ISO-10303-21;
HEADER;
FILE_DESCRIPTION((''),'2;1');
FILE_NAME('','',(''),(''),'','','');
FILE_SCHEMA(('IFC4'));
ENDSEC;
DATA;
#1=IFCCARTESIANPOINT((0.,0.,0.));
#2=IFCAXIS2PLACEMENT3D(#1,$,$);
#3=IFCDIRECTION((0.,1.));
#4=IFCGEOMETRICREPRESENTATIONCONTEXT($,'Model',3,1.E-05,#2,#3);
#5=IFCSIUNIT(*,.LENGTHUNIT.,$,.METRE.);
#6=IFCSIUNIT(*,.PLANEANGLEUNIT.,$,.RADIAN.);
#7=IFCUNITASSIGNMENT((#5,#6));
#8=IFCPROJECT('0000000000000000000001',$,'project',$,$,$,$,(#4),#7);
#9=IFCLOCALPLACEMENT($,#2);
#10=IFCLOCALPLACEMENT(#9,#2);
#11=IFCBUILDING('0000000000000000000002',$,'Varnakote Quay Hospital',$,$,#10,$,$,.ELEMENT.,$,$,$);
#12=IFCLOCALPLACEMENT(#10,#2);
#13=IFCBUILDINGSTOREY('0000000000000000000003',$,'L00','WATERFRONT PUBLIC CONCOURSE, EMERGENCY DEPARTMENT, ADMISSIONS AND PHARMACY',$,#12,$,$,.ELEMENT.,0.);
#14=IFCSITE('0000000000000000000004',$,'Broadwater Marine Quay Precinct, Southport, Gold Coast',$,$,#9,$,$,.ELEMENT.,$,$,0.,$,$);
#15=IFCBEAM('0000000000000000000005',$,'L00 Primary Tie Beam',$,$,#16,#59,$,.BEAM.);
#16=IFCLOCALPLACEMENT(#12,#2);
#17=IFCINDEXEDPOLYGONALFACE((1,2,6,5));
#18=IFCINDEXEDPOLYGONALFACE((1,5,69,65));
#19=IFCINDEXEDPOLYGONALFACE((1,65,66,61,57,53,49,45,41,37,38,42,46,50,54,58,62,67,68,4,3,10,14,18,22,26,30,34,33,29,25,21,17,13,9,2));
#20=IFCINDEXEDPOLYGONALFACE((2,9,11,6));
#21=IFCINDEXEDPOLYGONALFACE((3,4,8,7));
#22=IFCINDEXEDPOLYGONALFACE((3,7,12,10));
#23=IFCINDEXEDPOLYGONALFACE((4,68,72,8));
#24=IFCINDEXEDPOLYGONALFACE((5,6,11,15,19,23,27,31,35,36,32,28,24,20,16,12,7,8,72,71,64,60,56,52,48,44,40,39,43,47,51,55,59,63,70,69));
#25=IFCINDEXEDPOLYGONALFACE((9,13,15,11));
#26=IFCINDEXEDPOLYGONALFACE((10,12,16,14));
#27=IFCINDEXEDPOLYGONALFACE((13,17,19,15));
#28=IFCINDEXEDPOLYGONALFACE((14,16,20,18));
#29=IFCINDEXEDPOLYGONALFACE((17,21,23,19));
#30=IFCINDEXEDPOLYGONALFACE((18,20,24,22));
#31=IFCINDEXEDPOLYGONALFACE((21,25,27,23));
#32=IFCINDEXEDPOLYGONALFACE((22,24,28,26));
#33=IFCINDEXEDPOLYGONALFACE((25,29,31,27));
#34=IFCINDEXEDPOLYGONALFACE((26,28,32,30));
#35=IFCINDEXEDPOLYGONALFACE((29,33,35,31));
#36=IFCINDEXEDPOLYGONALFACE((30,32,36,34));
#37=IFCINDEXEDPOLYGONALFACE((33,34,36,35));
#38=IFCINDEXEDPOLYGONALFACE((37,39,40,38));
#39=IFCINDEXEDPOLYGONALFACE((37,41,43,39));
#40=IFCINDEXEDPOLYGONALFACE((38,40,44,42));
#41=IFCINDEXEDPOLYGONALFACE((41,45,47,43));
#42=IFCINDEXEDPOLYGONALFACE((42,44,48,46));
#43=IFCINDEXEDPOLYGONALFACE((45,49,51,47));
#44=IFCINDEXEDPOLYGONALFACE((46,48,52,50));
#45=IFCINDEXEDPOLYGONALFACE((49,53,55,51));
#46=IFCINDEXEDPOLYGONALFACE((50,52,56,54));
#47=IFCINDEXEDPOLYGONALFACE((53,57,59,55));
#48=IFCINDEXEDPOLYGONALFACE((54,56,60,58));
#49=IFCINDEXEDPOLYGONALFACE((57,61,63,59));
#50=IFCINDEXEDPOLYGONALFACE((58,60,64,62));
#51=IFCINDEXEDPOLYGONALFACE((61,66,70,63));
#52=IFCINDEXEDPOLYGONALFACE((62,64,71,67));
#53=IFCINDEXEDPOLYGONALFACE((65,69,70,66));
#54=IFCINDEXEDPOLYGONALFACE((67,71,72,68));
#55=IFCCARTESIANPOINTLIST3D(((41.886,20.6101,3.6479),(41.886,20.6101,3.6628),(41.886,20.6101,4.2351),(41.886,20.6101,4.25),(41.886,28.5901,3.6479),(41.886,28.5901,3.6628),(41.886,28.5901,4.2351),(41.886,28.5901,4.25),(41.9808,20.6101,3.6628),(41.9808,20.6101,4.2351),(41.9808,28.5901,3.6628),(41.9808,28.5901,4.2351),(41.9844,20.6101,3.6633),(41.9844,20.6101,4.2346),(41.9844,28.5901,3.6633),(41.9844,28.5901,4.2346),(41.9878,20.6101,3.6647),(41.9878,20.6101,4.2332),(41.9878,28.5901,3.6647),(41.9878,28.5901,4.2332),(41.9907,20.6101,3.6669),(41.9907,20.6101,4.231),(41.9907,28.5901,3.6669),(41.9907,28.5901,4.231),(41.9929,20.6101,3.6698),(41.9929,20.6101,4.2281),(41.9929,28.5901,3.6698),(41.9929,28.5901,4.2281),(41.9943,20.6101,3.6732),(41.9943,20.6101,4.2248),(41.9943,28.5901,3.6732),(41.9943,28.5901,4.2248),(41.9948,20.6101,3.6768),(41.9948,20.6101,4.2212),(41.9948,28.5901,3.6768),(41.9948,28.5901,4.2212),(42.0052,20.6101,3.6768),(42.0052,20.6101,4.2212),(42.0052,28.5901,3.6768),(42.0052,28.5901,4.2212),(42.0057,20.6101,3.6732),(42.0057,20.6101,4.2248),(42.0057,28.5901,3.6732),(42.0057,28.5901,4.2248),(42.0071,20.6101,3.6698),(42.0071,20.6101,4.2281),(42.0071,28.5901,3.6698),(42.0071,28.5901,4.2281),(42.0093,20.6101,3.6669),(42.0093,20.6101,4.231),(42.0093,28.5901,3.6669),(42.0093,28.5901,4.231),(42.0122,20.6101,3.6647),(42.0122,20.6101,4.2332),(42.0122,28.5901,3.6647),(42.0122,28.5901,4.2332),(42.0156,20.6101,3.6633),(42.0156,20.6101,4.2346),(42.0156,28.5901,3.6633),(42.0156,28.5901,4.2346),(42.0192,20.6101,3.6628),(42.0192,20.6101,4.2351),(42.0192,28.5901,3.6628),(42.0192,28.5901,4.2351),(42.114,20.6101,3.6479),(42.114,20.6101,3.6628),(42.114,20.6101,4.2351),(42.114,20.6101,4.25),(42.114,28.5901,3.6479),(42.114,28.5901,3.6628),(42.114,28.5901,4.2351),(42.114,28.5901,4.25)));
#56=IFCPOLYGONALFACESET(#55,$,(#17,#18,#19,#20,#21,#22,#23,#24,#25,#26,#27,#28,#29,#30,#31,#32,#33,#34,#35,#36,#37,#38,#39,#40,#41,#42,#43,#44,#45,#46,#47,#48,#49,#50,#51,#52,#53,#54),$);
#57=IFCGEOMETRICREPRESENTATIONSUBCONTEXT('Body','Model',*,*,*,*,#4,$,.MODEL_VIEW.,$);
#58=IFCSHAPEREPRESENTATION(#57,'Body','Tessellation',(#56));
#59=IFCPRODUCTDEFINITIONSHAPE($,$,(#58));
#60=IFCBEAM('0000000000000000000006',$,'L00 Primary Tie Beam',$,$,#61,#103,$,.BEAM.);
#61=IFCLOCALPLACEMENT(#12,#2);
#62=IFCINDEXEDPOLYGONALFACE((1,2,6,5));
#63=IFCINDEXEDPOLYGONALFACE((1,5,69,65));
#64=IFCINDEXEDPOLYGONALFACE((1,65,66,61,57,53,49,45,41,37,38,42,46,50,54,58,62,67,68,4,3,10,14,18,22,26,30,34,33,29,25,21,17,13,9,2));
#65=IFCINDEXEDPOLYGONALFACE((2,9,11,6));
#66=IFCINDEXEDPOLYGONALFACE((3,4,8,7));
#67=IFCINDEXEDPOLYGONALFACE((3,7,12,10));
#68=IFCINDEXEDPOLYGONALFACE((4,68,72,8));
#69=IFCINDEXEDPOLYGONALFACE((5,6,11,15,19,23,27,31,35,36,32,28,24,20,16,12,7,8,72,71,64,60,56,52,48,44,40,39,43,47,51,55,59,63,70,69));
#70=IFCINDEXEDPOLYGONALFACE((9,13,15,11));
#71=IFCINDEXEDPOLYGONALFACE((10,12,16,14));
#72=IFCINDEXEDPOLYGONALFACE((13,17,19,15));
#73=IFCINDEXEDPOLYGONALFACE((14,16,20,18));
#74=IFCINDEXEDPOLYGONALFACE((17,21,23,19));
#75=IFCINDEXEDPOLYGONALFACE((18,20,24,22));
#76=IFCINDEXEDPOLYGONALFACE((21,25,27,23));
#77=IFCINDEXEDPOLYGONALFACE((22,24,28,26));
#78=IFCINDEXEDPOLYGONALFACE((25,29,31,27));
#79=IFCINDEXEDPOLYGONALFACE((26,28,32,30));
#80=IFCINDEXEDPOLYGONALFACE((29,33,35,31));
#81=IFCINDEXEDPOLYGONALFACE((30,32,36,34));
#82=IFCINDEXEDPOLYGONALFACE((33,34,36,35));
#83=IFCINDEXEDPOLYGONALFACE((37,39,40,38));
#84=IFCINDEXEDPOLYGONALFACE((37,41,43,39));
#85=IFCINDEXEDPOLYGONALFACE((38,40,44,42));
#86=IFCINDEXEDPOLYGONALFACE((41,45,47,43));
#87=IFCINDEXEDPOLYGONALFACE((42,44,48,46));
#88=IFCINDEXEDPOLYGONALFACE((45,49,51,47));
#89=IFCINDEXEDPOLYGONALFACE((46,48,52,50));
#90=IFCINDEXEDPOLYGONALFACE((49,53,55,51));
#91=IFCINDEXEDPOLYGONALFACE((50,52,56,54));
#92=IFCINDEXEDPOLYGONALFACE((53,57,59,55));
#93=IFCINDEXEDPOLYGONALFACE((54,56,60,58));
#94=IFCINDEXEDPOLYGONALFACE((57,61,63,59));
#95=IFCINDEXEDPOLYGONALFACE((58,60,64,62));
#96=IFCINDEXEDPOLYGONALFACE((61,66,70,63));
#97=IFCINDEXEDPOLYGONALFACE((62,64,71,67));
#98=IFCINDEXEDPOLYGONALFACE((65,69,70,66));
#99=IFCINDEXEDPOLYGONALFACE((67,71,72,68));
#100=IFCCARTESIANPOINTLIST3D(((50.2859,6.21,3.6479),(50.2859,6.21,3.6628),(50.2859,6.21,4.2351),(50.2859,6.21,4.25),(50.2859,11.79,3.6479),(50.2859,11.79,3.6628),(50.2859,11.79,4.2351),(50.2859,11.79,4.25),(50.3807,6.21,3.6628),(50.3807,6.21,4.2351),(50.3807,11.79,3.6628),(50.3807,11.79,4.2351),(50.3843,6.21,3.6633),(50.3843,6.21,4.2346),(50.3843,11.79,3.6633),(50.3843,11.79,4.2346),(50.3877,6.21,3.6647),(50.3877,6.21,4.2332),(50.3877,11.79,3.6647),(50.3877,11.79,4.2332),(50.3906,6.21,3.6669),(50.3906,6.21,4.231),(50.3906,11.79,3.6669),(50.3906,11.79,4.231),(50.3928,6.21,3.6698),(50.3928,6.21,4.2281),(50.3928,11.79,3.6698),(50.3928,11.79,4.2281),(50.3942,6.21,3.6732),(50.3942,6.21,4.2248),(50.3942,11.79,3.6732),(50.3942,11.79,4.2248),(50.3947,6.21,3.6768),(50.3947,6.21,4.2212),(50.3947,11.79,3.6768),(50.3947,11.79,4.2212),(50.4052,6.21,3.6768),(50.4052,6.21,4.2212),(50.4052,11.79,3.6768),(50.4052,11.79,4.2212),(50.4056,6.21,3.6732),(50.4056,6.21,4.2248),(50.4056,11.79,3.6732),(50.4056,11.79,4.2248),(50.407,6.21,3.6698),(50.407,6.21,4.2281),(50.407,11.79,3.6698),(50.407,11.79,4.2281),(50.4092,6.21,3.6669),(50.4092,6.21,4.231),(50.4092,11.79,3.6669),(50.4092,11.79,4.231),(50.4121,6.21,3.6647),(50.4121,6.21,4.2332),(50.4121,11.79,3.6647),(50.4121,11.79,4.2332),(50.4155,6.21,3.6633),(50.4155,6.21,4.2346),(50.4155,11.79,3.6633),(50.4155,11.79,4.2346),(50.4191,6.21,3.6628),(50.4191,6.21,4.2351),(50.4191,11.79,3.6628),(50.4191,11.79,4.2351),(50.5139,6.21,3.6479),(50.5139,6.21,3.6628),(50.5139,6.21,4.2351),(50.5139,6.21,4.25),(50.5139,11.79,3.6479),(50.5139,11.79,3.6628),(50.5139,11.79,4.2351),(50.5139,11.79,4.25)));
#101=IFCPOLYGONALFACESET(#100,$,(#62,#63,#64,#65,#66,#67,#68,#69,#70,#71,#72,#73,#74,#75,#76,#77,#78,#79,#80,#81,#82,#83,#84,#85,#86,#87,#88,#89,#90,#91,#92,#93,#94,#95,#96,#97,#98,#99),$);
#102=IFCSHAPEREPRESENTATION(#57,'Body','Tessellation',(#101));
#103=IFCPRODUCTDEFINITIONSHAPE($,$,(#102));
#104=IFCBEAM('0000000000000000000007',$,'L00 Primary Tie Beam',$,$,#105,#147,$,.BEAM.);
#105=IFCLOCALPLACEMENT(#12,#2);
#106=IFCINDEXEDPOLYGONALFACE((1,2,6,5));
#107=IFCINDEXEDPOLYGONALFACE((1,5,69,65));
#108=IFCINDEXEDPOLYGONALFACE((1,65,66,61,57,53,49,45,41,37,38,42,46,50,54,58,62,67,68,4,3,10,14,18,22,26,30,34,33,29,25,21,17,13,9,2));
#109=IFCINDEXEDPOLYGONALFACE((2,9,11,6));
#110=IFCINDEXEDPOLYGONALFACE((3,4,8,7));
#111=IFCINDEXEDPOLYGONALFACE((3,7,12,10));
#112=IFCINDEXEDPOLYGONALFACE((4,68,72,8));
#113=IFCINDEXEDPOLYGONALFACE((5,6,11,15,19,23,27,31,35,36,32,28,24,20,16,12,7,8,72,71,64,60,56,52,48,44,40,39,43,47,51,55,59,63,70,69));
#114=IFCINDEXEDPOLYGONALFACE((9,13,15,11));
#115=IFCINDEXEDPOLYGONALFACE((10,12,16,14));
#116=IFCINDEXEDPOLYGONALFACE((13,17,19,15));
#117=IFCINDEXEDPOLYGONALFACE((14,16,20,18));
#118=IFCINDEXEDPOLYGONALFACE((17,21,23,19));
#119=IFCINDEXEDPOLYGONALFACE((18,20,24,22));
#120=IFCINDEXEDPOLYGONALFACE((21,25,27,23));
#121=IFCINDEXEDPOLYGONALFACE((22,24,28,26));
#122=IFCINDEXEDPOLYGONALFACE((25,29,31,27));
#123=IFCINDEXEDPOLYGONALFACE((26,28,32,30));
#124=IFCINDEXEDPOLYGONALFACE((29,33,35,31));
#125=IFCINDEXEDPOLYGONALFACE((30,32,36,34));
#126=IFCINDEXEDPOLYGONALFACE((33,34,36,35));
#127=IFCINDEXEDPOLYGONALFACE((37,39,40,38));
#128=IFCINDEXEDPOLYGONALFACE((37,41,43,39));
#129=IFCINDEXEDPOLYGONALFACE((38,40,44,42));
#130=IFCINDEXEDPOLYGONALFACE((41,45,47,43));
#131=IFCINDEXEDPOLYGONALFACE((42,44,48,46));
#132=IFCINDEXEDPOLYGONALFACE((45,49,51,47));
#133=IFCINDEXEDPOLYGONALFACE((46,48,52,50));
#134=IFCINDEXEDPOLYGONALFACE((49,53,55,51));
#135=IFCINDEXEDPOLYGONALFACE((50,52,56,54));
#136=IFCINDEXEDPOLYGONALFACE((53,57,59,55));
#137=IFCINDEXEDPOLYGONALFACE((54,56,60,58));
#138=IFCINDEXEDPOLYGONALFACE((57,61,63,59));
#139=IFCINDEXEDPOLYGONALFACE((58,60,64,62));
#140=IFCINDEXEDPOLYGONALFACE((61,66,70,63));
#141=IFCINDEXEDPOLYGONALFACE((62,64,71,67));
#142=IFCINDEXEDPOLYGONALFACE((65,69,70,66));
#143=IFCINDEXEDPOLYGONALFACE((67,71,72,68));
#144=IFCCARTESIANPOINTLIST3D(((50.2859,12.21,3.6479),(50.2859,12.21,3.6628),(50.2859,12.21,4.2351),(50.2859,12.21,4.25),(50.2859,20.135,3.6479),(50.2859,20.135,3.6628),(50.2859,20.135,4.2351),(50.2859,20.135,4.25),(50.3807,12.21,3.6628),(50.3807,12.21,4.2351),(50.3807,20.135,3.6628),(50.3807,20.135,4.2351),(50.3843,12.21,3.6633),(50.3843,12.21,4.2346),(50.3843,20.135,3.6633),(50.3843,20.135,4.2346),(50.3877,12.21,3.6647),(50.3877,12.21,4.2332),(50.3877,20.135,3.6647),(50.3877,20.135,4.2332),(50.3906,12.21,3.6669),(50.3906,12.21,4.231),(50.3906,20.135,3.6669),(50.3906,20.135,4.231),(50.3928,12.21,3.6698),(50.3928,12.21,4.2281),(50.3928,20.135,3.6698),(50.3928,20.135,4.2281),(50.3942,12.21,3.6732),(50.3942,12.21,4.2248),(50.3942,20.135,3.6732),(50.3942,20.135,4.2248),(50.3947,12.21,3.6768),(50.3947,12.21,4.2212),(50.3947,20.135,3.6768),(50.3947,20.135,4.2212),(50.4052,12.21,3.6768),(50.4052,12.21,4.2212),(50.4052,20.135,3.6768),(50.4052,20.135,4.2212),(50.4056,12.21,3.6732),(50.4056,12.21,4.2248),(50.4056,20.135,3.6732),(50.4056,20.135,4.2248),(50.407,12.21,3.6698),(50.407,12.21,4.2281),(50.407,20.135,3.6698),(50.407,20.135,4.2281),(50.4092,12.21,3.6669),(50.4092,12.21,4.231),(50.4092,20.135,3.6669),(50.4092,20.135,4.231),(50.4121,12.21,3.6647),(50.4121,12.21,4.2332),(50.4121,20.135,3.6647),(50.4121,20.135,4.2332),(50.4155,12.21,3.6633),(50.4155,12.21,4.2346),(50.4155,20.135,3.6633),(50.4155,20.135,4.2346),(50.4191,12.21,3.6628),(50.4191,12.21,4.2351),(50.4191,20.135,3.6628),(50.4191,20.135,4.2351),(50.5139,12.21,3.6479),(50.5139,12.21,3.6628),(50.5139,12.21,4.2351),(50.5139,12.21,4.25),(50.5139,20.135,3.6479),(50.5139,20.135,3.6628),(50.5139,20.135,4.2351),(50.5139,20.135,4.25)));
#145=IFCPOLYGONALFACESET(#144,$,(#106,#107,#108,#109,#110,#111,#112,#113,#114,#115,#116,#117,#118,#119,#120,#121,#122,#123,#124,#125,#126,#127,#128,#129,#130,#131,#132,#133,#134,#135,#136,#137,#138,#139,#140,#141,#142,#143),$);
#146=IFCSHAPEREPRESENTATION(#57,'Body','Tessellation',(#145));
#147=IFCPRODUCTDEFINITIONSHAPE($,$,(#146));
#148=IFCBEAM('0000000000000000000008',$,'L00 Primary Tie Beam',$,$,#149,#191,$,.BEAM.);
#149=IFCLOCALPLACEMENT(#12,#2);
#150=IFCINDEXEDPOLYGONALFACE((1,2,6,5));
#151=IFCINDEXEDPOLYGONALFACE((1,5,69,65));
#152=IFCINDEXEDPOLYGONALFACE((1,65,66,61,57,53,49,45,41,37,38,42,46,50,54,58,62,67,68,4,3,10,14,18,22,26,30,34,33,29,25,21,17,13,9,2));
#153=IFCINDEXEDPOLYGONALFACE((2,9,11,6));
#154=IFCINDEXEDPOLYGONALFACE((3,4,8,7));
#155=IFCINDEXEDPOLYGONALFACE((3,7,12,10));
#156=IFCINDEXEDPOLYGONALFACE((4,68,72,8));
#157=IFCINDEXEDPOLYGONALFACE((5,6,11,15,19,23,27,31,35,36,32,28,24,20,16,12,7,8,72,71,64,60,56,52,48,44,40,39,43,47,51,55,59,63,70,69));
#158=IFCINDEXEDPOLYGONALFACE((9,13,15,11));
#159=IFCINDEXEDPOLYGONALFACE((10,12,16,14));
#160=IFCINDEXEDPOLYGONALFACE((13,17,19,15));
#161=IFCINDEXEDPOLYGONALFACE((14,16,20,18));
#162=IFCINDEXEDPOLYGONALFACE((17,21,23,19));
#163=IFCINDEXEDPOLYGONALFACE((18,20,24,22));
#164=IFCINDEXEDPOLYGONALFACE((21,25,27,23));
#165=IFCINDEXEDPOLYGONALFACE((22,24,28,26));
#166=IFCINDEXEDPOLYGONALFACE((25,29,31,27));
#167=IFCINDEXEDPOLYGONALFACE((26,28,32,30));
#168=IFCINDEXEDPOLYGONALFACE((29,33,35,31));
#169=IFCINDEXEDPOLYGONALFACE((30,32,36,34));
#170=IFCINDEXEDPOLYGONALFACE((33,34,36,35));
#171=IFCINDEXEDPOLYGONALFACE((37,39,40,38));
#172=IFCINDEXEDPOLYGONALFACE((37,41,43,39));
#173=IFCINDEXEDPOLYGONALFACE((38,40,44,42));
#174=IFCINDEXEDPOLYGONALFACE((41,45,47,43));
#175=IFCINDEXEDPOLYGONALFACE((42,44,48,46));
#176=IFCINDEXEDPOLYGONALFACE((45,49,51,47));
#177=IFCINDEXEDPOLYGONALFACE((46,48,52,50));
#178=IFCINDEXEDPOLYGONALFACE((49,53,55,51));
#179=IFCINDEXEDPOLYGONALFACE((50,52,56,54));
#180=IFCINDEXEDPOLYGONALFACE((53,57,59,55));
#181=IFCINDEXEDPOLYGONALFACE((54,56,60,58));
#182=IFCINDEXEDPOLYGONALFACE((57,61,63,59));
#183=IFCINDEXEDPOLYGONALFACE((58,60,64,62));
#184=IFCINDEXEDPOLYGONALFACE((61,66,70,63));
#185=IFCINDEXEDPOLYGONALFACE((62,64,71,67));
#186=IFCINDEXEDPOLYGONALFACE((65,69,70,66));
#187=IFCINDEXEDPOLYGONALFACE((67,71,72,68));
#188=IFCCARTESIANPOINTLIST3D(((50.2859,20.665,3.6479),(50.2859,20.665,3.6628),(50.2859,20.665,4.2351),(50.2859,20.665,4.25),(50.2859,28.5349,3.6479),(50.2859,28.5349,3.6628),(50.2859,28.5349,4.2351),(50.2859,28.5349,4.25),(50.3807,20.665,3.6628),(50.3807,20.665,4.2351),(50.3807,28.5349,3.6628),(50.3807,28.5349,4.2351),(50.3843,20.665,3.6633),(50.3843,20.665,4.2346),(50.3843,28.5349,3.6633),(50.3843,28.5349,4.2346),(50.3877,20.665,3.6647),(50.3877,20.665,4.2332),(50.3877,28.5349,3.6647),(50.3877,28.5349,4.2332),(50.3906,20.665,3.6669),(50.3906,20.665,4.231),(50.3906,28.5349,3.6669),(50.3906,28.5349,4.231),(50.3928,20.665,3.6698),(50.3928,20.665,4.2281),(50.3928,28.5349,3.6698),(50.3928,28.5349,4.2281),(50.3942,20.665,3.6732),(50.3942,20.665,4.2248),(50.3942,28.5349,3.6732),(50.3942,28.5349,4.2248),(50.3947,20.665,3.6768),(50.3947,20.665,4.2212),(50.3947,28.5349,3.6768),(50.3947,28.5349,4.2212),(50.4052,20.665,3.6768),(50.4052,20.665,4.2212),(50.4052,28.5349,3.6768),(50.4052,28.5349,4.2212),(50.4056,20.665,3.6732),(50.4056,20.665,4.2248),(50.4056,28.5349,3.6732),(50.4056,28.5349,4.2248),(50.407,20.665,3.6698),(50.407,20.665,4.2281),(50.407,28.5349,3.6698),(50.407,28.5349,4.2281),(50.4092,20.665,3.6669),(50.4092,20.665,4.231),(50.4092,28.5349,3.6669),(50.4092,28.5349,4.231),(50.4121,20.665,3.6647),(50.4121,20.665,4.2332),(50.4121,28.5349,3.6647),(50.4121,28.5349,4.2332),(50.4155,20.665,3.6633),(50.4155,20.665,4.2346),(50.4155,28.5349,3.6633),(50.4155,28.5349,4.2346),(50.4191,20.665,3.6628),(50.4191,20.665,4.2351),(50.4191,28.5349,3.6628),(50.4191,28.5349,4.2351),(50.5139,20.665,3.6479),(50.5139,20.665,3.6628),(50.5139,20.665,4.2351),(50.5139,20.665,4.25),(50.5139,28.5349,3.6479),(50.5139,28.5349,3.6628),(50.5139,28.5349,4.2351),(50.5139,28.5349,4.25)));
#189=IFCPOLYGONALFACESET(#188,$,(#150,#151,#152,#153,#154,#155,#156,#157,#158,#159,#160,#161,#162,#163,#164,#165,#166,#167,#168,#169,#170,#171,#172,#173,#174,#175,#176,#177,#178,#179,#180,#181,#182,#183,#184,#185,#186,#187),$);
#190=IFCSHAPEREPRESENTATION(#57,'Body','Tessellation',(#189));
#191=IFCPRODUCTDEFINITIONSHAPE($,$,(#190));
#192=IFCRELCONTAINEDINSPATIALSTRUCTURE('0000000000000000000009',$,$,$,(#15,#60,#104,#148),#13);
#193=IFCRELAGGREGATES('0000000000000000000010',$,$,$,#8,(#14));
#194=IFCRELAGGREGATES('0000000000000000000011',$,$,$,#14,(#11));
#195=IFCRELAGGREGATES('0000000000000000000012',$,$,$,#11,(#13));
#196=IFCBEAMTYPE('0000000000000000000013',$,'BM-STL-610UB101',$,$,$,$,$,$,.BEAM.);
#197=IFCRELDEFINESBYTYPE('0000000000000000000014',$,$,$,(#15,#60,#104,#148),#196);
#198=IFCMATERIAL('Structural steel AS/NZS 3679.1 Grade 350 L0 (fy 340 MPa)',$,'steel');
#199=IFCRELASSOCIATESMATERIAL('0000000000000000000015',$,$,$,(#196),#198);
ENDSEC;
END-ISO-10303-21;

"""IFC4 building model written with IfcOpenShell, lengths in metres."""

from ifc_helpers import new_model, si_unit, direction, frame, origin, origin_2d, place, context, subcontext, project, spatial, i_section, extrude, material, material_profile, profile_set, type_object, element, save


model = new_model("IFC4")

# Units and contexts
model_context = context("Model", 3, precision=1e-05, world=origin(), true_north=direction((0.0, 1.0)))
body_context = subcontext(model_context, "Body", "Model", "MODEL_VIEW")
ifc_project = project(units=[si_unit("LENGTHUNIT", "METRE"), si_unit("PLANEANGLEUNIT", "RADIAN")], contexts=[model_context])

# Site, building, storey
site_placement = place(None, origin())
site = spatial("IfcSite", under=ifc_project, at=site_placement, Name="Broadwater Marine Quay Precinct, Southport, Gold Coast", CompositionType="ELEMENT", RefElevation=0.0)
building_placement = place(site_placement, origin())
building = spatial("IfcBuilding", under=site, at=building_placement, Name="Varnakote Quay Hospital", CompositionType="ELEMENT")
storey_placement = place(building_placement, origin())
storey = spatial("IfcBuildingStorey", under=building, at=storey_placement, Name="L00", Description="WATERFRONT PUBLIC CONCOURSE, EMERGENCY DEPARTMENT, ADMISSIONS AND PHARMACY", CompositionType="ELEMENT", Elevation=0.0)

# Beams
ifc_material_1 = material(Name="Structural steel AS/NZS 3679.1 Grade 350 L0 (fy 340 MPa)", Category="steel")
ifc_material_profile_1 = material_profile(ifc_material_1, i_section(OverallWidth=0.228, OverallDepth=0.6021, WebThickness=0.0105, FlangeThickness=0.0149, FilletRadius=0.0139, at=origin_2d()), Name="610UB101")
ifc_profile_set_1 = profile_set([ifc_material_profile_1], Name="Structural steel AS/NZS 3679.1 Grade 350 L0 (fy 340 MPa)")
beam_type_1 = type_object("IfcBeamType", Name="BM-STL-610UB101", PredefinedType="BEAM", material=ifc_profile_set_1)
for number, where, z_axis, x_axis, name in (
    (1, (42.0, 20.6101, 3.949), (0.0, 1.0, 0.0), (-1.0, 0.0, 0.0), "L00 Primary Tie Beam"),
):
    element("IfcBeam", number, at=place(storey_placement, frame(where, z_axis=z_axis, x_axis=x_axis)), inside=storey, type_object=beam_type_1, Name=name, PredefinedType="BEAM", context=body_context, shape_type="SweptSolid", body=[
        extrude(i_section(OverallWidth=0.228, OverallDepth=0.6021, WebThickness=0.0105, FlangeThickness=0.0149, FilletRadius=0.0139, at=origin_2d()), origin(), (0.0, 0.0, 1.0), 7.98),
    ])
beam_1_placement = place(storey_placement, frame((50.3999, 6.21, 3.949), z_axis=(0.0, 1.0, 0.0), x_axis=(-1.0, 0.0, 0.0)))
element("IfcBeam", 2, at=beam_1_placement, inside=storey, type_object=beam_type_1, Name="L00 Primary Tie Beam", PredefinedType="BEAM", context=body_context, shape_type="SweptSolid", body=[
    extrude(i_section(OverallWidth=0.228, OverallDepth=0.6021, WebThickness=0.0105, FlangeThickness=0.0149, FilletRadius=0.0139, at=origin_2d()), origin(), (0.0, 0.0, 1.0), 5.5801),
])
beam_2_placement = place(storey_placement, frame((50.3999, 12.21, 3.949), z_axis=(0.0, 1.0, 0.0), x_axis=(-1.0, 0.0, 0.0)))
element("IfcBeam", 3, at=beam_2_placement, inside=storey, type_object=beam_type_1, Name="L00 Primary Tie Beam", PredefinedType="BEAM", context=body_context, shape_type="SweptSolid", body=[
    extrude(i_section(OverallWidth=0.228, OverallDepth=0.6021, WebThickness=0.0105, FlangeThickness=0.0149, FilletRadius=0.0139, at=origin_2d()), origin(), (0.0, 0.0, 1.0), 7.925),
])
beam_3_placement = place(storey_placement, frame((50.3999, 20.665, 3.949), z_axis=(0.0, 1.0, 0.0), x_axis=(-1.0, 0.0, 0.0)))
element("IfcBeam", 4, at=beam_3_placement, inside=storey, type_object=beam_type_1, Name="L00 Primary Tie Beam", PredefinedType="BEAM", context=body_context, shape_type="SweptSolid", body=[
    extrude(i_section(OverallWidth=0.228, OverallDepth=0.6021, WebThickness=0.0105, FlangeThickness=0.0149, FilletRadius=0.0139, at=origin_2d()), origin(), (0.0, 0.0, 1.0), 7.8699),
])

save(model, "model.ifc")
